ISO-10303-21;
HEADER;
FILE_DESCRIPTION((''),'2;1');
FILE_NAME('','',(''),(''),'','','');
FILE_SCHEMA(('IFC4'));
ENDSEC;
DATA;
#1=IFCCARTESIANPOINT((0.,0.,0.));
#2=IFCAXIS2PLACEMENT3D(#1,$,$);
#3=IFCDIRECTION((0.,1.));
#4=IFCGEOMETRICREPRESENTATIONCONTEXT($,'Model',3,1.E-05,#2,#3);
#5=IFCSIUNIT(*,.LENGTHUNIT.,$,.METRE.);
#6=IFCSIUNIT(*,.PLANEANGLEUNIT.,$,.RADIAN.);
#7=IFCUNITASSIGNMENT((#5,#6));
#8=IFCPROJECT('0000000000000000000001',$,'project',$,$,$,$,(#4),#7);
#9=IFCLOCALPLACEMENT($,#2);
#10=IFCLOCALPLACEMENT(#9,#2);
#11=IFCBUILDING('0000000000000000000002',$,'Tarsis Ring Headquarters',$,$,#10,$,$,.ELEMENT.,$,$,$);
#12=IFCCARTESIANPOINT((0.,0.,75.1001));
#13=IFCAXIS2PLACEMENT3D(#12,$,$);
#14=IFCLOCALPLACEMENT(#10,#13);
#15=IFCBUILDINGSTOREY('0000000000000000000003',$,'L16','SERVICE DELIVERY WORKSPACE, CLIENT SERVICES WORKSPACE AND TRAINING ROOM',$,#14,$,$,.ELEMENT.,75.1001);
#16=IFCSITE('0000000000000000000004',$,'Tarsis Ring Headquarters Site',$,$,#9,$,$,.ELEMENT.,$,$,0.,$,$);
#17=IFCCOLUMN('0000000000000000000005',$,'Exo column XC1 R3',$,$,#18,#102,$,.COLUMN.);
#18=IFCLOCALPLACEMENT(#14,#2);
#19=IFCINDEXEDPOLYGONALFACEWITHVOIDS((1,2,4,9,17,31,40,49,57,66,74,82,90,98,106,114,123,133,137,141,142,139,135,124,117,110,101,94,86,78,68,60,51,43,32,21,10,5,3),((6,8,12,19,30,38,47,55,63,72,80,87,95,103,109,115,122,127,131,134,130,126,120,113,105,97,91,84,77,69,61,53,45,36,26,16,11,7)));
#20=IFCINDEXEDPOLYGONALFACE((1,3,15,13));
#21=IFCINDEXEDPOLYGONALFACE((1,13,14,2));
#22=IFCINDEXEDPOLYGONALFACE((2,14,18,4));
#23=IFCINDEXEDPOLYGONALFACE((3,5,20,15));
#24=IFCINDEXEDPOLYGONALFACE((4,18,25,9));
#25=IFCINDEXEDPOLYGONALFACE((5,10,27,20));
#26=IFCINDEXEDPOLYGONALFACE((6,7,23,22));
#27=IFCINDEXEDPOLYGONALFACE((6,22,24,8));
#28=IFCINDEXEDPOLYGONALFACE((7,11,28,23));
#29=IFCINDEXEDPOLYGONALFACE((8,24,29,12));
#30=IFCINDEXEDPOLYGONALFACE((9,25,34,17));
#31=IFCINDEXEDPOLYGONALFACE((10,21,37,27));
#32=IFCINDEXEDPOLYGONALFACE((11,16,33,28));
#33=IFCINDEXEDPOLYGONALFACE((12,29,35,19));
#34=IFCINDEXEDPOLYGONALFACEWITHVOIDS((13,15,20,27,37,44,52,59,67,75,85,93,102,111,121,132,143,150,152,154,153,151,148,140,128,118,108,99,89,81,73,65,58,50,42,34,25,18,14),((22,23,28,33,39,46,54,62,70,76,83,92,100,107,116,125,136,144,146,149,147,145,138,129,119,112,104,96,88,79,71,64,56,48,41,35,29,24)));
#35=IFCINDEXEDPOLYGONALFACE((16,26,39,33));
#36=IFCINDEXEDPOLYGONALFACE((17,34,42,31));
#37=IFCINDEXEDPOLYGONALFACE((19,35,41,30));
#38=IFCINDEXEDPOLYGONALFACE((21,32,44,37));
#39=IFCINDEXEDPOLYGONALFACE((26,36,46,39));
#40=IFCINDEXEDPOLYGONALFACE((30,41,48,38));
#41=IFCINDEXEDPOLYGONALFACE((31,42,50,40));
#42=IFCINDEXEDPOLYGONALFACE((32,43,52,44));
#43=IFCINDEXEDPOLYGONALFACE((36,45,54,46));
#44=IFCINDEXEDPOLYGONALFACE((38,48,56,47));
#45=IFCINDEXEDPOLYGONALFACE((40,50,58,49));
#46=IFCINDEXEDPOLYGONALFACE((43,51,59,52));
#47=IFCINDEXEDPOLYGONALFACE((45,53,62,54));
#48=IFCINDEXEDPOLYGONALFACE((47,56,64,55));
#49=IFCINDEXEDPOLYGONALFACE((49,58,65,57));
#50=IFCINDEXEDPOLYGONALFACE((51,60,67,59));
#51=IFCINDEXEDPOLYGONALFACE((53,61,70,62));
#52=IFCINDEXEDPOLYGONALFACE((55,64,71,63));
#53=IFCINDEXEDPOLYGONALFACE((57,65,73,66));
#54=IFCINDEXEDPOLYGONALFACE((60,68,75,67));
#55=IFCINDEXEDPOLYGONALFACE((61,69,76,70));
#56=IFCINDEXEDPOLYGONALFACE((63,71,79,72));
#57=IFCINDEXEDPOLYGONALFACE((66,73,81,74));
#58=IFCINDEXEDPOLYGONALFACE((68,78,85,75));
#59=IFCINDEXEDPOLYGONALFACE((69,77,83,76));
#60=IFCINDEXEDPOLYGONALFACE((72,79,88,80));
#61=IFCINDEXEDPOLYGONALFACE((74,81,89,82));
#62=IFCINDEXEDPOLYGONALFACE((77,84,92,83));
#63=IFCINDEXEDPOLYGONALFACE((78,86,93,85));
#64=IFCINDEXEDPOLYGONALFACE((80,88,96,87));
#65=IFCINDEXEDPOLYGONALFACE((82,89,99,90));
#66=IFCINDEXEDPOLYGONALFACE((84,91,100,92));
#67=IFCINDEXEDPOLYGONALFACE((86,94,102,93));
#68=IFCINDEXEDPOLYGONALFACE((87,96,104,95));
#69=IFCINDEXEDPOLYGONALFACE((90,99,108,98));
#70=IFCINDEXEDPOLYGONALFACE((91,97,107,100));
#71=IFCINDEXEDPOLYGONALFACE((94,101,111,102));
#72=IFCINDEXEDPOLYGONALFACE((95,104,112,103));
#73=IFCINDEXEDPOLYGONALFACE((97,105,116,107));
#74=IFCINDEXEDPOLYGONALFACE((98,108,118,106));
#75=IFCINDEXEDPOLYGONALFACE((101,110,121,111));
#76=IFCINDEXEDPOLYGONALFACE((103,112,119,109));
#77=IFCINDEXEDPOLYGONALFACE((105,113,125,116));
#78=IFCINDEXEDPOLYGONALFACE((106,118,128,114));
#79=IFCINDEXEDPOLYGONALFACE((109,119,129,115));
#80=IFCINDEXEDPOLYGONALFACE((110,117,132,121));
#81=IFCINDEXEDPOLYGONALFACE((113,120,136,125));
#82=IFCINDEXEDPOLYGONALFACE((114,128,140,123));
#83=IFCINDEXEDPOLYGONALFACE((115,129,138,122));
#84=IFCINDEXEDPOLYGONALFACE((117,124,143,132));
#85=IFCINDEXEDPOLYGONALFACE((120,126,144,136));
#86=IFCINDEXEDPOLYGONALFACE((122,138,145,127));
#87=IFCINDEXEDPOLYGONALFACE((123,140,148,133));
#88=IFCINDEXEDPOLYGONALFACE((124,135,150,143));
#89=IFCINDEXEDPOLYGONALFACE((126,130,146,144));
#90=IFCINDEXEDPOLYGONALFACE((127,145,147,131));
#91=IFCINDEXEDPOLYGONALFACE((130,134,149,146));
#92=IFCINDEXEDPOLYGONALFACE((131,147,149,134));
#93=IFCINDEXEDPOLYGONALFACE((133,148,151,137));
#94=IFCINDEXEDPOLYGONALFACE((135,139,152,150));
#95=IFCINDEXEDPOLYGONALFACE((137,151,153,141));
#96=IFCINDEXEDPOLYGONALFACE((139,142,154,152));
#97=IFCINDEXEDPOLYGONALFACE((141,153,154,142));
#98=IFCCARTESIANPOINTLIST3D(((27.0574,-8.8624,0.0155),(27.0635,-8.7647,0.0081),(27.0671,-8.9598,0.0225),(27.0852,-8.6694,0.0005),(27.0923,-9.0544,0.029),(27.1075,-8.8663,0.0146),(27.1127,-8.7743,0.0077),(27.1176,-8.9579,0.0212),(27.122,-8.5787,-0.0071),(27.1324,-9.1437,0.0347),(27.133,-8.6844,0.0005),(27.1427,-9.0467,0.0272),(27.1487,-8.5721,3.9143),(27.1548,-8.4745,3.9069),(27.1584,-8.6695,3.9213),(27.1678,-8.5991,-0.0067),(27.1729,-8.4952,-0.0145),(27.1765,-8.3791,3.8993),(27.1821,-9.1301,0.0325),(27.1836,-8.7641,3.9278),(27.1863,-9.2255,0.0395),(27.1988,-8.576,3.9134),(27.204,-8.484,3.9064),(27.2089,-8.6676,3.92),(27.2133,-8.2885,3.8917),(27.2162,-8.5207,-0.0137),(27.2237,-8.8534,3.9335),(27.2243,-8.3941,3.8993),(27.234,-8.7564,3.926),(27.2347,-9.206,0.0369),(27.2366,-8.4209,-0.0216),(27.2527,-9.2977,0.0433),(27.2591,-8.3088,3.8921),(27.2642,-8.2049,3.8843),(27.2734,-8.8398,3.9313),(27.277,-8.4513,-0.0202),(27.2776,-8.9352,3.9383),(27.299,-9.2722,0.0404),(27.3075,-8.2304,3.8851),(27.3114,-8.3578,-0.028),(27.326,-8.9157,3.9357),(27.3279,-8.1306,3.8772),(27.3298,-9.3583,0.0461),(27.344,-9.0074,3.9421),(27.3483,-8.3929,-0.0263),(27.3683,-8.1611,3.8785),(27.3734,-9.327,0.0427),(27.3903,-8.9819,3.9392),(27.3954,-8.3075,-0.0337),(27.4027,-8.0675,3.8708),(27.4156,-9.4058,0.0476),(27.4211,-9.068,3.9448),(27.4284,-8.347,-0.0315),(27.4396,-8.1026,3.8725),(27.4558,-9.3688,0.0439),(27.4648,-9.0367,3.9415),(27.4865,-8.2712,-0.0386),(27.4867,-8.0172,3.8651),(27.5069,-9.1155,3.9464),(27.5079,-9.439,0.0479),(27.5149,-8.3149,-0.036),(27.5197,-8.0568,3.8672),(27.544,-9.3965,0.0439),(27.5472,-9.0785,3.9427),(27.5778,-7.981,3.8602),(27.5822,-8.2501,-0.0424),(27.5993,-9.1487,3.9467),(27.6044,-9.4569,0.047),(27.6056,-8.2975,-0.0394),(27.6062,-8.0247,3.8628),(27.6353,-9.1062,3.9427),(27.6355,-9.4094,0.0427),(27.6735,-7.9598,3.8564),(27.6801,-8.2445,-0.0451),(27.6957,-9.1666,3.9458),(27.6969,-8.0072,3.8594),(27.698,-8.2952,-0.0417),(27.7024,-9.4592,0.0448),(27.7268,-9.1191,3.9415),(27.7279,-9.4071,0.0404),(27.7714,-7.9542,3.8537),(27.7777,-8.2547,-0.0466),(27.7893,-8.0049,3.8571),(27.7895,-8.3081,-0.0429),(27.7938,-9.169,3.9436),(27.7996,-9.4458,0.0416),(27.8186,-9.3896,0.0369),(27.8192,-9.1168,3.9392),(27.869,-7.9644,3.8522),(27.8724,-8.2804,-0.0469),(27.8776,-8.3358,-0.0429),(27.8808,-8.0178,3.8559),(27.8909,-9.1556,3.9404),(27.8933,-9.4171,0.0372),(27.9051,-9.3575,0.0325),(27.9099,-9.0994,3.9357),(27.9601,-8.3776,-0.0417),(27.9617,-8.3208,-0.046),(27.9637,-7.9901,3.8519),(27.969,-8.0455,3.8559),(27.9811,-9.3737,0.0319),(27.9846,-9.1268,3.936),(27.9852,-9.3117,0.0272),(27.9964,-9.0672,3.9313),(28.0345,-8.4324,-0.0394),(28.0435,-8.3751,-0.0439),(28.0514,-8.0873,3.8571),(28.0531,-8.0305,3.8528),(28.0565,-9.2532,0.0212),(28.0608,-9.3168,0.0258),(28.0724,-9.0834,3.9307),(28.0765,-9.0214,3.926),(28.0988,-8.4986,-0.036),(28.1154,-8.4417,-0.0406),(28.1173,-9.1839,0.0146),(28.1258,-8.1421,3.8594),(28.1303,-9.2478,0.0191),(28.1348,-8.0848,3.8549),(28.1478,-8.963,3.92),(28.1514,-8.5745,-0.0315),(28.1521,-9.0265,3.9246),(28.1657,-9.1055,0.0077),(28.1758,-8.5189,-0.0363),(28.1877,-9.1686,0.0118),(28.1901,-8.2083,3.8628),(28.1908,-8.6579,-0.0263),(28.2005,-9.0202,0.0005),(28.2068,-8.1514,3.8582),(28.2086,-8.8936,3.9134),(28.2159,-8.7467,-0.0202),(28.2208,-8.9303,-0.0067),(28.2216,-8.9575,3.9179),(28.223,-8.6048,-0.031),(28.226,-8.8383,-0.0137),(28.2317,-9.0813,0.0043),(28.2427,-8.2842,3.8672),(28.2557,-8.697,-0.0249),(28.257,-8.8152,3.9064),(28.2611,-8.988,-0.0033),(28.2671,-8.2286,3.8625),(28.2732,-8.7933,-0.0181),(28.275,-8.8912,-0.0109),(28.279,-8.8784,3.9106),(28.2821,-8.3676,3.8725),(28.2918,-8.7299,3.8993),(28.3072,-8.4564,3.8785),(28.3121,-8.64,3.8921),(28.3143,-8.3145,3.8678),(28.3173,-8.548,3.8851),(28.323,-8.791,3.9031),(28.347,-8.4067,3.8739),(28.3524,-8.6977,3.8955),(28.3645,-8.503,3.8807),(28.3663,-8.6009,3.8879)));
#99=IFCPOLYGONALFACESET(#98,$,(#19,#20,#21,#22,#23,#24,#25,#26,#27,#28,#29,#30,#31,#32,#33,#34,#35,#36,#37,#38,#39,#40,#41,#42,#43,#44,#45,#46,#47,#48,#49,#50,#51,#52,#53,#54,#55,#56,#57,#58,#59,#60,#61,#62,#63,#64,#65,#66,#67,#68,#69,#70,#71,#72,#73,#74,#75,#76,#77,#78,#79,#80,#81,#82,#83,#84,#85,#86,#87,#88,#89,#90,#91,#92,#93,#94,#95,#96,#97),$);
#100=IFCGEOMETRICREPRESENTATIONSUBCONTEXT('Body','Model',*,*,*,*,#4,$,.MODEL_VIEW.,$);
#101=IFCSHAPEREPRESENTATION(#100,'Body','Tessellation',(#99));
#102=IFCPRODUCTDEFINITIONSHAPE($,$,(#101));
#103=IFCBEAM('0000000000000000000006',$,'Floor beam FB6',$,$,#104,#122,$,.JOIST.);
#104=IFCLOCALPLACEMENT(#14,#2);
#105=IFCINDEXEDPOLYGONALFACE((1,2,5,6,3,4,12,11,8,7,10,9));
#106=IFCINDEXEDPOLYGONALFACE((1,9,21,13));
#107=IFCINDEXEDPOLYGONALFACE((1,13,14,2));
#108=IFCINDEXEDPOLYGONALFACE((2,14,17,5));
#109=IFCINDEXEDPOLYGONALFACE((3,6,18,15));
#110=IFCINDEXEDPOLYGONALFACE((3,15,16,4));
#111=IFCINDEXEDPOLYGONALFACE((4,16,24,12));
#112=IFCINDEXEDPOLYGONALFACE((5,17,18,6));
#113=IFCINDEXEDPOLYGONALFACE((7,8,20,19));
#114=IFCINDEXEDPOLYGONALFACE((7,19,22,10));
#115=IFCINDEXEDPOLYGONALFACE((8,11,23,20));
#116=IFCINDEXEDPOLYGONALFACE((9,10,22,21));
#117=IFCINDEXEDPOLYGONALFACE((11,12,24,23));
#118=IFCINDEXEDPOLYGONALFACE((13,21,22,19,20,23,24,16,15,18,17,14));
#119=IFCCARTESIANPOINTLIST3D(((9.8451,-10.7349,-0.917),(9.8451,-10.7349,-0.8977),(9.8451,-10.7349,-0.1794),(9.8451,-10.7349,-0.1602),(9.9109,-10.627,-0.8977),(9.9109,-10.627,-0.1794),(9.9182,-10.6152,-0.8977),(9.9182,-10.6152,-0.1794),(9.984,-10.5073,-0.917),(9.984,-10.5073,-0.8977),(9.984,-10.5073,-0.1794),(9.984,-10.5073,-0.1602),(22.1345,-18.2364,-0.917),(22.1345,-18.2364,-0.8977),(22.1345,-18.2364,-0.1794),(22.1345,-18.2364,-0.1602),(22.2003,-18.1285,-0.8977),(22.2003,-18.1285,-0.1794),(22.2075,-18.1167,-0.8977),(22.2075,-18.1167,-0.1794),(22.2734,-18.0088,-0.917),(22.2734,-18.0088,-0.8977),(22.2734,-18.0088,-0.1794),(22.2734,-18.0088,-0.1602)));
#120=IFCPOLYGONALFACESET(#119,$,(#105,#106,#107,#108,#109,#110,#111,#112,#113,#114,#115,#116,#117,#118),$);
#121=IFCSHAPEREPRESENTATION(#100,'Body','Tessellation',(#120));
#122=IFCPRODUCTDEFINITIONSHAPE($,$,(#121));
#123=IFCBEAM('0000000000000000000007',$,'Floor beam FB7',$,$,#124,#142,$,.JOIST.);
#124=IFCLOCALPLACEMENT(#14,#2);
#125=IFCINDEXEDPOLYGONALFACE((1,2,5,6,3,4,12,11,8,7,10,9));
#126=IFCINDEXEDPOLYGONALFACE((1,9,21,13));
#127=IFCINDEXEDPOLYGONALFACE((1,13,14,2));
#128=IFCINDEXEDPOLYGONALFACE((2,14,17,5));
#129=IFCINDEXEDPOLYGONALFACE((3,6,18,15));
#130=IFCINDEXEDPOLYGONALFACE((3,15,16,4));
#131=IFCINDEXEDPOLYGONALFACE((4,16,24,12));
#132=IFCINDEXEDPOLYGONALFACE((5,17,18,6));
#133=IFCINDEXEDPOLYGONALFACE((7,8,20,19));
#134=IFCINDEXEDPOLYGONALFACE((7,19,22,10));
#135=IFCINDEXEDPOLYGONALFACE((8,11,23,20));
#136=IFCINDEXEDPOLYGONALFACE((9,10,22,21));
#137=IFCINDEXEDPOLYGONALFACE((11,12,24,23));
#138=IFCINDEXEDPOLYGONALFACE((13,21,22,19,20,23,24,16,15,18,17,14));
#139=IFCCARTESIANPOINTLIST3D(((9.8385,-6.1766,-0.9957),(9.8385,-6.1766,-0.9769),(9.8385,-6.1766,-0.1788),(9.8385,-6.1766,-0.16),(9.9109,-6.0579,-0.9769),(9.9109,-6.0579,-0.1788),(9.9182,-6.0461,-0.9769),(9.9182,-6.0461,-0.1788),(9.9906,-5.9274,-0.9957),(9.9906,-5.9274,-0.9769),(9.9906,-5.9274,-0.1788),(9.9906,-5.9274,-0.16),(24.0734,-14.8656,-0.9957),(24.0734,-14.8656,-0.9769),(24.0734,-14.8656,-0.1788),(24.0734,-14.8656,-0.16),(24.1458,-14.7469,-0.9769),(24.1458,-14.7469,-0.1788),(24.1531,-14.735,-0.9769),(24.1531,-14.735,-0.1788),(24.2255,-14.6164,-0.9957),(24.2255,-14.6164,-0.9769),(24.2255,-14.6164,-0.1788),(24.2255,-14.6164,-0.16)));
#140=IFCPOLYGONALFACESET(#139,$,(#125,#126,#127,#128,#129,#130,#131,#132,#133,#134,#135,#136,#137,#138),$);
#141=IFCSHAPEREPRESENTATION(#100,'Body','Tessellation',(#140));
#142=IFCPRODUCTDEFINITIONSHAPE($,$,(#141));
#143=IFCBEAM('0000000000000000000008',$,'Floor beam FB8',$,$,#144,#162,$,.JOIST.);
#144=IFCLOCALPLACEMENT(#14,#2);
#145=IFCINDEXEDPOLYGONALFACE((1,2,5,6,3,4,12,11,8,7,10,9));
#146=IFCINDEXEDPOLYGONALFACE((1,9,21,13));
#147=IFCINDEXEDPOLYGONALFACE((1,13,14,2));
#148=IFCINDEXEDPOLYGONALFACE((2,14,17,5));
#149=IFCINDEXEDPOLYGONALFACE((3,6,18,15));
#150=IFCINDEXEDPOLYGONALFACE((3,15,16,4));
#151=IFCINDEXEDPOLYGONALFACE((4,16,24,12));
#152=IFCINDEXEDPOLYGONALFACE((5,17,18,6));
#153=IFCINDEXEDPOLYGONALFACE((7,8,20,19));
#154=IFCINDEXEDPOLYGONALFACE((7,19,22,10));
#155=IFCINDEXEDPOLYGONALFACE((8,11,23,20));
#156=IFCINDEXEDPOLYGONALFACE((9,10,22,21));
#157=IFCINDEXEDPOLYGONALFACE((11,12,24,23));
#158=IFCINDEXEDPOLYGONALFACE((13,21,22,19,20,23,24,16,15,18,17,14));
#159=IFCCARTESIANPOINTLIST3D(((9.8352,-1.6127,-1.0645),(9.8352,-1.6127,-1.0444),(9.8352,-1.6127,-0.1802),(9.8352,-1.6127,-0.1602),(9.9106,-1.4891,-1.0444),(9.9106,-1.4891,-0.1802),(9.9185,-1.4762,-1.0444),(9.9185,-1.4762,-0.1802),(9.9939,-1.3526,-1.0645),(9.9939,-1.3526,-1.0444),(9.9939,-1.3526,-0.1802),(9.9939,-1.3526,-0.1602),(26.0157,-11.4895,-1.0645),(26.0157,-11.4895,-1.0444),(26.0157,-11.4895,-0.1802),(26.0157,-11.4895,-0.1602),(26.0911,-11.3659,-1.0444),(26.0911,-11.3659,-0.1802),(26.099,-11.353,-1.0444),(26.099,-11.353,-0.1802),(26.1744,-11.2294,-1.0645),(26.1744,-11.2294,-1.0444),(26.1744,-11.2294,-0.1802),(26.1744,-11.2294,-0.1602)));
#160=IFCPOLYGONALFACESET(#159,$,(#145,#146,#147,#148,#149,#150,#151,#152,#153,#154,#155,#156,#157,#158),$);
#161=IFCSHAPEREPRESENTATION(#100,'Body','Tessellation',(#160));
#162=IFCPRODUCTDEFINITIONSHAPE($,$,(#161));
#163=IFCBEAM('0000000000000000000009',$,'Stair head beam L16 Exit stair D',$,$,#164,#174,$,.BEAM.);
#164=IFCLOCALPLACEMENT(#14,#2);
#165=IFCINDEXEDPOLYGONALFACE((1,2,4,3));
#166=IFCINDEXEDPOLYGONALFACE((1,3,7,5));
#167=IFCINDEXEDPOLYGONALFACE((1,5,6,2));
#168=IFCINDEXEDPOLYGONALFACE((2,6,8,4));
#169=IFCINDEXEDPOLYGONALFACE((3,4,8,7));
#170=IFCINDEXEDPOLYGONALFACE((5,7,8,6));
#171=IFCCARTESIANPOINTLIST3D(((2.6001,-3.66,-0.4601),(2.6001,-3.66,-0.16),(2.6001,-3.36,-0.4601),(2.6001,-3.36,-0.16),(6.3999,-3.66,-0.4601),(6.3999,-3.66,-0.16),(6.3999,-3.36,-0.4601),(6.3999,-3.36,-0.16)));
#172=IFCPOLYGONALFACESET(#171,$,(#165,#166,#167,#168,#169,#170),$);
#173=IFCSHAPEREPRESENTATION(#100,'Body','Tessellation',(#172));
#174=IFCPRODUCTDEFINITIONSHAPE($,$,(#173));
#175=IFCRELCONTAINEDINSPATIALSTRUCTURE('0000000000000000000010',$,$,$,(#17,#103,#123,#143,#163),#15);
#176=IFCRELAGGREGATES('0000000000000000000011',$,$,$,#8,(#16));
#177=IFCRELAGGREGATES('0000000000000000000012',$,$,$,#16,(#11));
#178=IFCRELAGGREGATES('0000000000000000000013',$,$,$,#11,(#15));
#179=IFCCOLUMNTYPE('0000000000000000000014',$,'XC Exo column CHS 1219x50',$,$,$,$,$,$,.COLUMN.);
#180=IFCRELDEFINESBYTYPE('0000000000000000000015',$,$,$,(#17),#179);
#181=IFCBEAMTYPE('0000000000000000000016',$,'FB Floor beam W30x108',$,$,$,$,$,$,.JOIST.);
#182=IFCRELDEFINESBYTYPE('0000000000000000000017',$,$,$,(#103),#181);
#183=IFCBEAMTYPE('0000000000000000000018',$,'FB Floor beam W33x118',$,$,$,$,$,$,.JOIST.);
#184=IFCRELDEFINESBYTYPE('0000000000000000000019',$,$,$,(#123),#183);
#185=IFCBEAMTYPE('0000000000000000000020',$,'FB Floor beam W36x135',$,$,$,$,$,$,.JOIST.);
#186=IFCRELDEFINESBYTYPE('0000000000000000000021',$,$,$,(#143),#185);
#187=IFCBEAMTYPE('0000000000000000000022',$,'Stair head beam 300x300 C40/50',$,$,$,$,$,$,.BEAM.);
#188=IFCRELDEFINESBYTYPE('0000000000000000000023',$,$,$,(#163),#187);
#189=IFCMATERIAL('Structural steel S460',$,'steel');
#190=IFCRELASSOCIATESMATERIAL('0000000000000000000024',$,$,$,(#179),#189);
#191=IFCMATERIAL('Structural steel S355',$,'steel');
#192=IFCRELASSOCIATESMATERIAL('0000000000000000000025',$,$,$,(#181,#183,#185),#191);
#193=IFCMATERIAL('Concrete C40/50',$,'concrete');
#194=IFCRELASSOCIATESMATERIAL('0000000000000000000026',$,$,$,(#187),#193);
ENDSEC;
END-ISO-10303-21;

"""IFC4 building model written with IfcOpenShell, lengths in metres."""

from ifc_helpers import new_model, si_unit, direction, frame, origin, origin_2d, place, context, subcontext, project, spatial, rectangle, hollow_circle, i_section, extrude, material, material_profile, profile_set, type_object, element, save


model = new_model("IFC4")

# Units and contexts
model_context = context("Model", 3, precision=1e-05, world=origin(), true_north=direction((0.0, 1.0)))
body_context = subcontext(model_context, "Body", "Model", "MODEL_VIEW")
ifc_project = project(units=[si_unit("LENGTHUNIT", "METRE"), si_unit("PLANEANGLEUNIT", "RADIAN")], contexts=[model_context])

# Site, building, storey
site_placement = place(None, origin())
site = spatial("IfcSite", under=ifc_project, at=site_placement, Name="Tarsis Ring Headquarters Site", CompositionType="ELEMENT", RefElevation=0.0)
building_placement = place(site_placement, origin())
building = spatial("IfcBuilding", under=site, at=building_placement, Name="Tarsis Ring Headquarters", CompositionType="ELEMENT")
storey_placement = place(building_placement, frame((0.0, 0.0, 75.1001)))
storey = spatial("IfcBuildingStorey", under=building, at=storey_placement, Name="L16", Description="SERVICE DELIVERY WORKSPACE, CLIENT SERVICES WORKSPACE AND TRAINING ROOM", CompositionType="ELEMENT", Elevation=75.1001)

# Column
ifc_material_1 = material(Name="Structural steel S460", Category="steel")
ifc_material_profile_1 = material_profile(ifc_material_1, hollow_circle(Radius=0.6096, WallThickness=0.05, at=origin_2d()), Name="CHS 1219x50")
ifc_profile_set_1 = profile_set([ifc_material_profile_1], Name="Structural steel S460")
column_type = type_object("IfcColumnType", Name="XC Exo column CHS 1219x50", PredefinedType="COLUMN", material=ifc_profile_set_1)
column_placement = place(storey_placement, frame((27.6667, -8.8523, 0.0005), z_axis=(0.023349, 0.074231, 0.996968), x_axis=(-0.953922, 0.300056, 0.0)))
element("IfcColumn", 1, at=column_placement, inside=storey, type_object=column_type, Name="Exo column XC1 R3", PredefinedType="COLUMN", context=body_context, shape_type="SweptSolid", body=[
    extrude(hollow_circle(Radius=0.6096, WallThickness=0.05, at=origin_2d()), origin(), (0.0, 0.0, 1.0), 3.9106),
])

# Beams
ifc_material_2 = material(Name="Structural steel S355", Category="steel")
ifc_material_profile_2 = material_profile(ifc_material_2, i_section(OverallWidth=0.2666, OverallDepth=0.7568, WebThickness=0.0139, FlangeThickness=0.0193, at=origin_2d()), Name="W30x108")
ifc_profile_set_2 = profile_set([ifc_material_profile_2], Name="Structural steel S355")
beam_type_1 = type_object("IfcBeamType", Name="FB Floor beam W30x108", PredefinedType="JOIST", material=ifc_profile_set_2)
beam_1_placement = place(storey_placement, frame((9.9146, -10.6211, -0.5386), z_axis=(0.85355, -0.521012, 0.0), x_axis=(0.521012, 0.85355, 0.0)))
element("IfcBeam", 2, at=beam_1_placement, inside=storey, type_object=beam_type_1, Name="Floor beam FB6", PredefinedType="JOIST", context=body_context, shape_type="SweptSolid", body=[
    extrude(i_section(OverallWidth=0.2666, OverallDepth=0.7568, WebThickness=0.0139, FlangeThickness=0.0193, at=origin_2d()), origin(), (0.0, 0.0, 1.0), 14.3979),
])
ifc_material_profile_3 = material_profile(ifc_material_2, i_section(OverallWidth=0.292, OverallDepth=0.8357, WebThickness=0.0139, FlangeThickness=0.0188, at=origin_2d()), Name="W33x118")
ifc_profile_set_3 = profile_set([ifc_material_profile_3], Name="Structural steel S355")
beam_type_2 = type_object("IfcBeamType", Name="FB Floor beam W33x118", PredefinedType="JOIST", material=ifc_profile_set_3)
beam_2_placement = place(storey_placement, frame((9.9146, -6.052, -0.5779), z_axis=(0.853552, -0.521008, 0.0), x_axis=(0.521008, 0.853552, 0.0)))
element("IfcBeam", 3, at=beam_2_placement, inside=storey, type_object=beam_type_2, Name="Floor beam FB7", PredefinedType="JOIST", context=body_context, shape_type="SweptSolid", body=[
    extrude(i_section(OverallWidth=0.292, OverallDepth=0.8357, WebThickness=0.0139, FlangeThickness=0.0188, at=origin_2d()), origin(), (0.0, 0.0, 1.0), 16.6772),
])
ifc_material_profile_4 = material_profile(ifc_material_2, i_section(OverallWidth=0.3047, OverallDepth=0.9043, WebThickness=0.0151, FlangeThickness=0.02, at=origin_2d()), Name="W36x135")
ifc_profile_set_4 = profile_set([ifc_material_profile_4], Name="Structural steel S355")
beam_type_3 = type_object("IfcBeamType", Name="FB Floor beam W36x135", PredefinedType="JOIST", material=ifc_profile_set_4)
beam_3_placement = place(storey_placement, frame((9.9146, -1.4827, -0.6123), z_axis=(0.853548, -0.521015, 0.0), x_axis=(0.521015, 0.853548, 0.0)))
element("IfcBeam", 4, at=beam_3_placement, inside=storey, type_object=beam_type_3, Name="Floor beam FB8", PredefinedType="JOIST", context=body_context, shape_type="SweptSolid", body=[
    extrude(i_section(OverallWidth=0.3047, OverallDepth=0.9043, WebThickness=0.0151, FlangeThickness=0.02, at=origin_2d()), origin(), (0.0, 0.0, 1.0), 18.9568),
])
ifc_material_3 = material(Name="Concrete C40/50", Category="concrete")
ifc_material_profile_5 = material_profile(ifc_material_3, rectangle(XDim=0.3, YDim=0.3, at=origin_2d()), Name="Stair head beam 300x300 C40/50")
ifc_profile_set_5 = profile_set([ifc_material_profile_5], Name="Concrete C40/50")
beam_type_4 = type_object("IfcBeamType", Name="Stair head beam 300x300 C40/50", PredefinedType="BEAM", material=ifc_profile_set_5)
beam_4_placement = place(storey_placement, frame((2.6001, -3.51, -0.3101), z_axis=(1.0, 0.0, 0.0), x_axis=(0.0, 1.0, 0.0)))
element("IfcBeam", 5, at=beam_4_placement, inside=storey, type_object=beam_type_4, Name="Stair head beam L16 Exit stair D", PredefinedType="BEAM", context=body_context, shape_type="SweptSolid", body=[
    extrude(rectangle(XDim=0.3, YDim=0.3, at=origin_2d()), origin(), (0.0, 0.0, 1.0), 3.7998),
])

save(model, "model.ifc")
